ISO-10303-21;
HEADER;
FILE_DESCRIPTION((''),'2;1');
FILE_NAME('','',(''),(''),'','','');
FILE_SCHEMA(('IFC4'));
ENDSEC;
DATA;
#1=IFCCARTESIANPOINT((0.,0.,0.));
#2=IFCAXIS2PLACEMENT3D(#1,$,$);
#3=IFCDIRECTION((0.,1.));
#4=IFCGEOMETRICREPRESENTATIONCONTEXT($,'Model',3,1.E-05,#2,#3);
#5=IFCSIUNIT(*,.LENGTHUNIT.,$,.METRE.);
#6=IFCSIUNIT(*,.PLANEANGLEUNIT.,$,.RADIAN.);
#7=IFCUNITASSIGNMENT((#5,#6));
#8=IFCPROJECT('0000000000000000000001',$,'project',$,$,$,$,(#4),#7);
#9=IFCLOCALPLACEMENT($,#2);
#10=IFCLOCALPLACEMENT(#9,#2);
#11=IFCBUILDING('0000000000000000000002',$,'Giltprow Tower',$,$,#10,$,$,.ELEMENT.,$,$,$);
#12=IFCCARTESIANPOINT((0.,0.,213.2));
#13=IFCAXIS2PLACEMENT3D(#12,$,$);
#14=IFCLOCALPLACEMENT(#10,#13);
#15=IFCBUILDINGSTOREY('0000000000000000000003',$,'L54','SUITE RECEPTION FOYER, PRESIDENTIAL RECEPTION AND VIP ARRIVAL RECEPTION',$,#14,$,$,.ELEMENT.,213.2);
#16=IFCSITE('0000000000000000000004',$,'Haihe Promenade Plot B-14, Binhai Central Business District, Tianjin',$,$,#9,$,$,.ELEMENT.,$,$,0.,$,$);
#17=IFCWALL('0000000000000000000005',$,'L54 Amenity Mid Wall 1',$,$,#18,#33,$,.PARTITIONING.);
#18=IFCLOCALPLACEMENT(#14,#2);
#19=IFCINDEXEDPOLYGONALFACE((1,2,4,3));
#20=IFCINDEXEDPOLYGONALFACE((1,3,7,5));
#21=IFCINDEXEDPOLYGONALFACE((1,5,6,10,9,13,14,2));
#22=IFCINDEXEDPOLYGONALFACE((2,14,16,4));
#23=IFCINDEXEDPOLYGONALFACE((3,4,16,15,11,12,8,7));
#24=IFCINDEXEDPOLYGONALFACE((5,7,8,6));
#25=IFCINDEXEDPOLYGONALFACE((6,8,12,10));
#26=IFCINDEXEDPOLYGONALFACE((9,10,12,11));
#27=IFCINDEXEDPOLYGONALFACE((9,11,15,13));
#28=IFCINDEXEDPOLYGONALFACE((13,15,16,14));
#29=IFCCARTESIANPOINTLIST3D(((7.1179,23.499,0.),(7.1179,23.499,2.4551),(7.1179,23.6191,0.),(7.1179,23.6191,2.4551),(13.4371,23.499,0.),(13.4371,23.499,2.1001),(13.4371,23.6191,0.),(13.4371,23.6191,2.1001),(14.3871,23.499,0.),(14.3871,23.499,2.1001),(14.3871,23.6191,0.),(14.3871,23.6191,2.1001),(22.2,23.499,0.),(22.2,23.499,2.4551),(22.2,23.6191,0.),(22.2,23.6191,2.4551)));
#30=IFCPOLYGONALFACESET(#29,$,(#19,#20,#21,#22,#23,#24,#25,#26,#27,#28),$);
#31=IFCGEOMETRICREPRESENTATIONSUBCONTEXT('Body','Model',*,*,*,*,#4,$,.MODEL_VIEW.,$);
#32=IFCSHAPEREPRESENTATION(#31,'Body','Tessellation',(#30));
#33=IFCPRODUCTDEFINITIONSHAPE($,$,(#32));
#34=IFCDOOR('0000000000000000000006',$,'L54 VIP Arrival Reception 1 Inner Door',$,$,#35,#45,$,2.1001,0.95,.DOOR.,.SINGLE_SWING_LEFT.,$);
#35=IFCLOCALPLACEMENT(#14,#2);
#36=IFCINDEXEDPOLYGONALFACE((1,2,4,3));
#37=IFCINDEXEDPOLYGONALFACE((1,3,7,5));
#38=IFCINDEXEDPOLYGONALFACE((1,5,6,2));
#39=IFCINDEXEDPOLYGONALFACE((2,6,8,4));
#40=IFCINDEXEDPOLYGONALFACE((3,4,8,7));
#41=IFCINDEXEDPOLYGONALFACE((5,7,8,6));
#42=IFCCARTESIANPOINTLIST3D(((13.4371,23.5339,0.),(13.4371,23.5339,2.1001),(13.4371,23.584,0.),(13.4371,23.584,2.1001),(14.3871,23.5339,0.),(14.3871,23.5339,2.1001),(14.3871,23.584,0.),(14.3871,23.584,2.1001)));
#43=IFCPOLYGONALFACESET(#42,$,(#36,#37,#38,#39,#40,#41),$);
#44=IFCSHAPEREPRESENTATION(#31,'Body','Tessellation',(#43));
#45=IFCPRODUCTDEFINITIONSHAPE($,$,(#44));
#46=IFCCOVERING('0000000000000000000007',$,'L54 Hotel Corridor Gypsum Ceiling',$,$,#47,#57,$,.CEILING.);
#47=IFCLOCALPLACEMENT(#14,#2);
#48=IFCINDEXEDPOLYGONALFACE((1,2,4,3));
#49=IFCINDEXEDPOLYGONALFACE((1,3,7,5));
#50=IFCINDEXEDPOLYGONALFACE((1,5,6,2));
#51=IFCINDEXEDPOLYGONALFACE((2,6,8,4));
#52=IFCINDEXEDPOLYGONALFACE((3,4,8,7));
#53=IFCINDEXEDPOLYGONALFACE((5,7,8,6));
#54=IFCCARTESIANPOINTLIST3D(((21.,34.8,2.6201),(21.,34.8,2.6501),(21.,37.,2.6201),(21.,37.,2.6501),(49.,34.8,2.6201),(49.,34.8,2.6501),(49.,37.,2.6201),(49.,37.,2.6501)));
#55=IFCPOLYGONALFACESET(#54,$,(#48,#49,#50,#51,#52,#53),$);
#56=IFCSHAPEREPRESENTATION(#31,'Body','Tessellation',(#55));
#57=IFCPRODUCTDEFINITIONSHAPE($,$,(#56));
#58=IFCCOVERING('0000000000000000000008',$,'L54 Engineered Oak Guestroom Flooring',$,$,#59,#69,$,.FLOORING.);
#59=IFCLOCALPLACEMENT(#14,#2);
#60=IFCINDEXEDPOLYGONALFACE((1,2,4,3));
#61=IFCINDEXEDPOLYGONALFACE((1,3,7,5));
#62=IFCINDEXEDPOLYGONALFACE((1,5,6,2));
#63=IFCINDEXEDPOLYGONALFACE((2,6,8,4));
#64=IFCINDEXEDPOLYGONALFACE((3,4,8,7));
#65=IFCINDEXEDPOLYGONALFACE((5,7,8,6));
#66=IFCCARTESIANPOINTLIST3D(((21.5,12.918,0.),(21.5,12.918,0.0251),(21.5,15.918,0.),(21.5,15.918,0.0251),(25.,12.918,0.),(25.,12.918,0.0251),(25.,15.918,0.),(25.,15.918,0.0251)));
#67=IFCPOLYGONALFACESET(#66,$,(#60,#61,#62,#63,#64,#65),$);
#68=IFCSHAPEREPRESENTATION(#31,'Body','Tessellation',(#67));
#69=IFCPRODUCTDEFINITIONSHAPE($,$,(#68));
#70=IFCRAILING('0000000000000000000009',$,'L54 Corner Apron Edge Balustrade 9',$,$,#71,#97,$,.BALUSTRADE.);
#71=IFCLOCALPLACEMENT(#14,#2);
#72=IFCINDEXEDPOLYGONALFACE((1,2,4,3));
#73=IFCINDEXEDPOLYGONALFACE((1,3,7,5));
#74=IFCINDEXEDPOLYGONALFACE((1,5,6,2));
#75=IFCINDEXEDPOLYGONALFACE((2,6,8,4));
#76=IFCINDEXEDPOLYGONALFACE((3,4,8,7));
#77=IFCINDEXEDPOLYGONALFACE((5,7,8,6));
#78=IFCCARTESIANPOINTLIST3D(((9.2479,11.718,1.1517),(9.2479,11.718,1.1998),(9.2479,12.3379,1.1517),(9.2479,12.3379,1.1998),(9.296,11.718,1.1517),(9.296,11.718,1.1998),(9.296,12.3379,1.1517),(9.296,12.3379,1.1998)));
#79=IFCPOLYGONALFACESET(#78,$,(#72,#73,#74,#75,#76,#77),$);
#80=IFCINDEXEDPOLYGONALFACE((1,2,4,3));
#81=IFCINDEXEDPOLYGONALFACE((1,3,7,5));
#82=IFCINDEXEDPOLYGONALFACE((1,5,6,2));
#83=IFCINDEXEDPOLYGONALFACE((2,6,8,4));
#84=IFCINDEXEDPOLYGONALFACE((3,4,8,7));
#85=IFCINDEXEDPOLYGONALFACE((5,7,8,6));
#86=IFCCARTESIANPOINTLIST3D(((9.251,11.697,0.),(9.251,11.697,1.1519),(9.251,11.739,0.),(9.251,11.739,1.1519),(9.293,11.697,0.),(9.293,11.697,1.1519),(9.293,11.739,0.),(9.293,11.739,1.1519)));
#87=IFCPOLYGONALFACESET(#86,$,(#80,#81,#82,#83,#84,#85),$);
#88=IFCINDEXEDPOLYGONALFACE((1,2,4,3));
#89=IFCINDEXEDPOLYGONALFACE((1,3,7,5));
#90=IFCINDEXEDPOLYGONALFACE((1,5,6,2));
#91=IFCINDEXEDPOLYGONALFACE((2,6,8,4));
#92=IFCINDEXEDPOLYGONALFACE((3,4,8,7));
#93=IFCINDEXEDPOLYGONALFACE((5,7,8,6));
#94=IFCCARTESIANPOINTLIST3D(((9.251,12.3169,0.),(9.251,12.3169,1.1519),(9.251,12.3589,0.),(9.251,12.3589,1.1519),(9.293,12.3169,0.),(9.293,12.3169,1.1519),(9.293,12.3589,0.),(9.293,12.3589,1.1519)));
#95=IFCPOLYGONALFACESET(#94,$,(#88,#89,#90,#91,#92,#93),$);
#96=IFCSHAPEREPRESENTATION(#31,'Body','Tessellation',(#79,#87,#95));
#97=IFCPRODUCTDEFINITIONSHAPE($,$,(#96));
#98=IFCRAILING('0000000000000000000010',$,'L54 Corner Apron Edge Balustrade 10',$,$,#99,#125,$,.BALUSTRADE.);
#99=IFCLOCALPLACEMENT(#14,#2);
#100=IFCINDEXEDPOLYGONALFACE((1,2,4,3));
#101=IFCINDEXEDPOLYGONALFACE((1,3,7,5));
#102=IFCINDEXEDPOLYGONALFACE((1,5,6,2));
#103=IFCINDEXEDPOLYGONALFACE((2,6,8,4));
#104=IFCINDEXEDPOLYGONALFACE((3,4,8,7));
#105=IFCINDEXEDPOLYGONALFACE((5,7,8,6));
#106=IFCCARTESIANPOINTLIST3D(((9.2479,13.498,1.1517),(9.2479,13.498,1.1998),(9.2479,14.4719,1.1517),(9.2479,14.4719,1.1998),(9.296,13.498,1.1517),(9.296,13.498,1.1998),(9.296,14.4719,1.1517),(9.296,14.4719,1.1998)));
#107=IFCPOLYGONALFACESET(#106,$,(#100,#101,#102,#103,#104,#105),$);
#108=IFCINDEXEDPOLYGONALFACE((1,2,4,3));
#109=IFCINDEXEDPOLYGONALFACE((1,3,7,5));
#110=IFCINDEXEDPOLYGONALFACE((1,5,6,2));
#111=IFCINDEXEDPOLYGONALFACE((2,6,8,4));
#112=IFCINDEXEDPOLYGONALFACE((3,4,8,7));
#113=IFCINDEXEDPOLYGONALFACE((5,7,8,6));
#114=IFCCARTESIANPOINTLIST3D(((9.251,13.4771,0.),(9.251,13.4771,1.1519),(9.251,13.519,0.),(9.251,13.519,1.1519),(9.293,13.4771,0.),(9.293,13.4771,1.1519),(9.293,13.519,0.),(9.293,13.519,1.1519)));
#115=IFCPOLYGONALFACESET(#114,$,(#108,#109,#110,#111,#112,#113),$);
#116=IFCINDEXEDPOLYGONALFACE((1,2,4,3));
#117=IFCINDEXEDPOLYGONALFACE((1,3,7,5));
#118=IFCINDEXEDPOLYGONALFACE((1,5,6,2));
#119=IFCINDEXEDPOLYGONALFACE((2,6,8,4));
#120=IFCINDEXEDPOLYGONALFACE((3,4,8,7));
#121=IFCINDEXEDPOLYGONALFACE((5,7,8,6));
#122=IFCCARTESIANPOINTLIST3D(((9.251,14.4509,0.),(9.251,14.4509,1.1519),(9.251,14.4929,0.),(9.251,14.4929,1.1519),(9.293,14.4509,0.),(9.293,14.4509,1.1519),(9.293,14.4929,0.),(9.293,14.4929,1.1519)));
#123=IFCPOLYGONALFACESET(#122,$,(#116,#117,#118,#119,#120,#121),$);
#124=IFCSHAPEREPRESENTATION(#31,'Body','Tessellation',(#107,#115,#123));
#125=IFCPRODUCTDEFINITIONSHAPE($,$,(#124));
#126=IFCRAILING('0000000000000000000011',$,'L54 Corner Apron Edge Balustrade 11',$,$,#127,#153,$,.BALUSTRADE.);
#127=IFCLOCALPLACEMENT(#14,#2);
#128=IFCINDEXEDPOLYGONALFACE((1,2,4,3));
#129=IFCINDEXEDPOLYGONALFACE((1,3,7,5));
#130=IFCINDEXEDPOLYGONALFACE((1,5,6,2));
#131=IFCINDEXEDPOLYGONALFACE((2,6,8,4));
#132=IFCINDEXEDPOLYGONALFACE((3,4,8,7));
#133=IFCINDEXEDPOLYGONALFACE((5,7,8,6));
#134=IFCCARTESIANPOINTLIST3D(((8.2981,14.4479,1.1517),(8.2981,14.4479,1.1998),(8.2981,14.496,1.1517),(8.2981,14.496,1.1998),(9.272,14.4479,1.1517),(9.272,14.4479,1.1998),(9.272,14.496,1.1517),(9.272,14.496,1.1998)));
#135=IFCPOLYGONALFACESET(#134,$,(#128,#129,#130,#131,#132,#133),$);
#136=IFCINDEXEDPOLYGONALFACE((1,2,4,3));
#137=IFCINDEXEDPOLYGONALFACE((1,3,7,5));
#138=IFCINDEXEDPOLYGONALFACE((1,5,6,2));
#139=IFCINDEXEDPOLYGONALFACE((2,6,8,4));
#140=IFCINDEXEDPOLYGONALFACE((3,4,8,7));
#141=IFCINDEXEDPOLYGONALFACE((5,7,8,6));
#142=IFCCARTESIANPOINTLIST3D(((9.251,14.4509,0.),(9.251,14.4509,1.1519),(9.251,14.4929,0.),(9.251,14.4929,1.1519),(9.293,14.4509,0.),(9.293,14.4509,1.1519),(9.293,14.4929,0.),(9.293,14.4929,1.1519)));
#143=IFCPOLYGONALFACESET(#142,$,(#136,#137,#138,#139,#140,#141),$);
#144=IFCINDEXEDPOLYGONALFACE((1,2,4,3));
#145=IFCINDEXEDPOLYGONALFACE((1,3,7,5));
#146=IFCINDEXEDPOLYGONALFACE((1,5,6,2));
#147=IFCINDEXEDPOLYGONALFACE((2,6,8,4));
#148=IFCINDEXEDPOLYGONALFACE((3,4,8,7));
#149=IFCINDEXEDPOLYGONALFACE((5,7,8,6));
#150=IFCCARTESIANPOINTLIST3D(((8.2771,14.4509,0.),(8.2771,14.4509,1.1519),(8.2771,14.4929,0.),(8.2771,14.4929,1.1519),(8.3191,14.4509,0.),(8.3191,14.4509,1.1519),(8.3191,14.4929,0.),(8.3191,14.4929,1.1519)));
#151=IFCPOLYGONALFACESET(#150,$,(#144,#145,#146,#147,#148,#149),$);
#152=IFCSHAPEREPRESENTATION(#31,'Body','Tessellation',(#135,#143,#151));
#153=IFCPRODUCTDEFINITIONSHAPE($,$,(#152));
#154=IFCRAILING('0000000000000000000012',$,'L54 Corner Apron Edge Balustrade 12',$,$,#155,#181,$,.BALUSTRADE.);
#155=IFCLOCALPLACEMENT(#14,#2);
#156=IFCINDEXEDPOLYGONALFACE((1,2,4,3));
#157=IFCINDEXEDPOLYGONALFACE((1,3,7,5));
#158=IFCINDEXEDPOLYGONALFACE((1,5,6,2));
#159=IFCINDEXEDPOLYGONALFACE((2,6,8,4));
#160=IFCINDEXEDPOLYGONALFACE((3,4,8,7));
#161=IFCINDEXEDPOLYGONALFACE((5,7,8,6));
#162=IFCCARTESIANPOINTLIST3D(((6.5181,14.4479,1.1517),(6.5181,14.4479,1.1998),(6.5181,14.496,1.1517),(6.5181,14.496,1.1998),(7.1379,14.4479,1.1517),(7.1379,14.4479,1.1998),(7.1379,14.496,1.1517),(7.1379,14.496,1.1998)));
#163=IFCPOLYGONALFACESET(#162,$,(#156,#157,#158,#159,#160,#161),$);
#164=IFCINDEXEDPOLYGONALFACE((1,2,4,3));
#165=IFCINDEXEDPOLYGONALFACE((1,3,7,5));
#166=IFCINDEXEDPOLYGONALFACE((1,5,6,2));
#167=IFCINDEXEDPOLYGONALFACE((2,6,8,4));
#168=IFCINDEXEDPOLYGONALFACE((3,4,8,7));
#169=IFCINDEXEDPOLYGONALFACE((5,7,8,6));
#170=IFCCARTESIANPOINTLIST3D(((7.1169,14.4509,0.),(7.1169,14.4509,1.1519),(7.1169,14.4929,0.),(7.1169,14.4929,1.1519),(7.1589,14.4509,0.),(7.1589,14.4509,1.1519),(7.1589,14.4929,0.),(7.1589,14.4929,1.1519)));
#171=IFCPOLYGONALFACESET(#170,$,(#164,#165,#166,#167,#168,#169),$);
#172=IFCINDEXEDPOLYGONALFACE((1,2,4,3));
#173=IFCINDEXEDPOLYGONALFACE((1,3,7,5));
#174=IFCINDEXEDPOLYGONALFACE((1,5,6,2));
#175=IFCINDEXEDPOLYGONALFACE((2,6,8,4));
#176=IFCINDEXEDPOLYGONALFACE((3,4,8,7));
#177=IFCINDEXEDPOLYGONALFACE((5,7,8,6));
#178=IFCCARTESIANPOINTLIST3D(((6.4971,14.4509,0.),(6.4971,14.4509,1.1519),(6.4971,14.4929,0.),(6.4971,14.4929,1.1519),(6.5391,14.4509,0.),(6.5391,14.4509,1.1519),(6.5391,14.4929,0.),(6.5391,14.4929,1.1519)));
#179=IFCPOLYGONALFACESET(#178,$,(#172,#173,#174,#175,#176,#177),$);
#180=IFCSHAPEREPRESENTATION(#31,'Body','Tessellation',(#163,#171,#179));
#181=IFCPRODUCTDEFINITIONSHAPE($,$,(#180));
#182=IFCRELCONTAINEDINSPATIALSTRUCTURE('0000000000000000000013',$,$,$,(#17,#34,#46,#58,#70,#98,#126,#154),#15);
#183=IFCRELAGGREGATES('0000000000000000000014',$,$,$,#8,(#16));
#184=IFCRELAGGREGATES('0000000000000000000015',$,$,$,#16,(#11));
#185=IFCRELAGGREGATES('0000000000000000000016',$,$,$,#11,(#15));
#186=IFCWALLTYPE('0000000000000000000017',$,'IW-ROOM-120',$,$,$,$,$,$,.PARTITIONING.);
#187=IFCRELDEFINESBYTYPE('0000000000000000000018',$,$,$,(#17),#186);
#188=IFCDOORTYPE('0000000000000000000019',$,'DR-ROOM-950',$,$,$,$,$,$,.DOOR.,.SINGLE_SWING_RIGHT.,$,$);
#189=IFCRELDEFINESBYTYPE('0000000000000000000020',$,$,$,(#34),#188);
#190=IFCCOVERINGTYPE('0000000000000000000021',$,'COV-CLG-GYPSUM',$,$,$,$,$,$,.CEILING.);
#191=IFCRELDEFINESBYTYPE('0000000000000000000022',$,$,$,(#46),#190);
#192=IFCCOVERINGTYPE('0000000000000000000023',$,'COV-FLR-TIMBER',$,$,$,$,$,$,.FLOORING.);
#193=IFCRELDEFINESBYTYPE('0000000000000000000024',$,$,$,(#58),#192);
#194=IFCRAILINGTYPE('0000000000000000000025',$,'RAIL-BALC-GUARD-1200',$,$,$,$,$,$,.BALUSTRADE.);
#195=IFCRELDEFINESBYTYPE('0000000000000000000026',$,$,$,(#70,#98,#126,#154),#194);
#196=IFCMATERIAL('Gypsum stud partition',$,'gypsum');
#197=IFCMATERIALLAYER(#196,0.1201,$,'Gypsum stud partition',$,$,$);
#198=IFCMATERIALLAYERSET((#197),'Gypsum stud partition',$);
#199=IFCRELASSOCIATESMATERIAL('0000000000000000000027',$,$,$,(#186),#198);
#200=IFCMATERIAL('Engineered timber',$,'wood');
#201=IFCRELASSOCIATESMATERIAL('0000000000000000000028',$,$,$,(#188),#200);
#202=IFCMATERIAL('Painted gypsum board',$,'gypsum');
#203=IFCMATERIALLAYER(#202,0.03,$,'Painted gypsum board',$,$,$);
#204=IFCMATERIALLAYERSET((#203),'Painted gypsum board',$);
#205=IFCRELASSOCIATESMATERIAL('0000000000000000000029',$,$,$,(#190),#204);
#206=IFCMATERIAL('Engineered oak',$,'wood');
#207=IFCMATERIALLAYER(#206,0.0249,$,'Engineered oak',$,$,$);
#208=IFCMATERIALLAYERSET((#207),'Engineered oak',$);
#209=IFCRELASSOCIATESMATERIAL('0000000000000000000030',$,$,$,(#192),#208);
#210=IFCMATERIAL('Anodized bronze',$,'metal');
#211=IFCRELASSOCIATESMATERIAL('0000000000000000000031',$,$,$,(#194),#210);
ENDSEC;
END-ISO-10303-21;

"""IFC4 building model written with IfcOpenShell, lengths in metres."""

from ifc_helpers import new_model, si_unit, direction, frame, frame_2d, origin, origin_2d, place, context, subcontext, project, spatial, polyline, rectangle, outline, extrude, source, transform, mapped, material, layer, layer_set, type_object, element, fill, save


model = new_model("IFC4")

# Units and contexts
model_context = context("Model", 3, precision=1e-05, world=origin(), true_north=direction((0.0, 1.0)))
body_context = subcontext(model_context, "Body", "Model", "MODEL_VIEW")
ifc_project = project(units=[si_unit("LENGTHUNIT", "METRE"), si_unit("PLANEANGLEUNIT", "RADIAN")], contexts=[model_context])

# Site, building, storey
site_placement = place(None, origin())
site = spatial("IfcSite", under=ifc_project, at=site_placement, Name="Haihe Promenade Plot B-14, Binhai Central Business District, Tianjin", CompositionType="ELEMENT", RefElevation=0.0)
building_placement = place(site_placement, origin())
building = spatial("IfcBuilding", under=site, at=building_placement, Name="Giltprow Tower", CompositionType="ELEMENT")
storey_placement = place(building_placement, frame((0.0, 0.0, 213.2)))
storey = spatial("IfcBuildingStorey", under=building, at=storey_placement, Name="L54", Description="SUITE RECEPTION FOYER, PRESIDENTIAL RECEPTION AND VIP ARRIVAL RECEPTION", CompositionType="ELEMENT", Elevation=213.2)

# Shared definitions
ifc_material_1 = material(Name="Anodized bronze", Category="metal")

# Wall, opening, door
ifc_material_2 = material(Name="Gypsum stud partition", Category="gypsum")
ifc_layer_1 = layer(ifc_material_2, 0.1201, Name="Gypsum stud partition")
ifc_layer_set_1 = layer_set([ifc_layer_1], Name="Gypsum stud partition")
wall_type_1 = type_object("IfcWallType", Name="IW-ROOM-120", PredefinedType="PARTITIONING", material=ifc_layer_set_1)
wall_1_placement = place(storey_placement, frame((7.1179, 23.5591, 0.0), z_axis=(0.0, 0.0, 1.0), x_axis=(1.0, 0.0, 0.0)))
wall_1 = element("IfcWall", 1, at=wall_1_placement, inside=storey, type_object=wall_type_1, Name="L54 Amenity Mid Wall 1", PredefinedType="PARTITIONING", context=body_context, shape_type="SweptSolid", body=[
    extrude(rectangle(XDim=15.082, YDim=0.1201, at=frame_2d((7.541, 0.0))), origin(), (0.0, 0.0, 1.0), 2.4551),
])
opening_1_placement = place(wall_1_placement, frame((6.3191, 0.0, 0.0)))
opening_1 = element("IfcOpeningElement", 2, at=opening_1_placement, cuts=wall_1, PredefinedType="OPENING", context=body_context, shape_type="SweptSolid", body=[
    extrude(rectangle(XDim=0.95, YDim=2.1001, at=frame_2d((0.4751, 1.05))), frame((0.0, 0.0701, 0.0), z_axis=(0.0, -1.0, 0.0), x_axis=(1.0, 0.0, 0.0)), (0.0, 0.0, 1.0), 0.1401),
])
ifc_material_3 = material(Name="Engineered timber", Category="wood")
door_type = type_object("IfcDoorType", Name="DR-ROOM-950", OperationType="SINGLE_SWING_RIGHT", PredefinedType="DOOR", material=ifc_material_3)
shared_shape_1 = source(origin(), body_context, "Body", "SweptSolid", [
    extrude(rectangle(XDim=0.95, YDim=2.1001, at=frame_2d((0.4751, 1.05))), frame((0.0, 0.0249, 0.0), z_axis=(0.0, -1.0, 0.0), x_axis=(1.0, 0.0, 0.0)), (0.0, 0.0, 1.0), 0.05),
])
door_placement = place(opening_1_placement, origin())
door = element("IfcDoor", 3, at=door_placement, inside=storey, type_object=door_type, Name="L54 VIP Arrival Reception 1 Inner Door", OperationType="SINGLE_SWING_LEFT", OverallHeight=2.1001, OverallWidth=0.95, PredefinedType="DOOR", context=body_context, shape_type="MappedRepresentation", body=[
    mapped(shared_shape_1, transform((0.0, 0.0, 0.0), x_axis=(1.0, 0.0, 0.0), y_axis=(0.0, 1.0, 0.0), z_axis=(0.0, 0.0, 1.0), scale=1.0)),
])
fill(opening_1, door)

# Coverings
ifc_material_4 = material(Name="Painted gypsum board", Category="gypsum")
ifc_layer_2 = layer(ifc_material_4, 0.03, Name="Painted gypsum board")
ifc_layer_set_2 = layer_set([ifc_layer_2], Name="Painted gypsum board")
covering_type_1 = type_object("IfcCoveringType", Name="COV-CLG-GYPSUM", PredefinedType="CEILING", material=ifc_layer_set_2)
covering_1_placement = place(storey_placement, frame((0.0, 0.0, 2.6201)))
element("IfcCovering", 4, at=covering_1_placement, inside=storey, type_object=covering_type_1, Name="L54 Hotel Corridor Gypsum Ceiling", PredefinedType="CEILING", context=body_context, shape_type="SweptSolid", body=[
    extrude(outline(polyline([(21.0, 34.8), (49.0, 34.8), (49.0, 37.0), (21.0, 37.0), (21.0, 34.8)])), origin(), (0.0, 0.0, 1.0), 0.03),
])
ifc_material_5 = material(Name="Engineered oak", Category="wood")
ifc_layer_3 = layer(ifc_material_5, 0.0249, Name="Engineered oak")
ifc_layer_set_3 = layer_set([ifc_layer_3], Name="Engineered oak")
covering_type_2 = type_object("IfcCoveringType", Name="COV-FLR-TIMBER", PredefinedType="FLOORING", material=ifc_layer_set_3)
covering_2_placement = place(storey_placement, origin())
element("IfcCovering", 5, at=covering_2_placement, inside=storey, type_object=covering_type_2, Name="L54 Engineered Oak Guestroom Flooring", PredefinedType="FLOORING", context=body_context, shape_type="SweptSolid", body=[
    extrude(outline(polyline([(21.5, 12.918), (25.0, 12.918), (25.0, 15.918), (21.5, 15.918), (21.5, 12.918)])), origin(), (0.0, 0.0, 1.0), 0.0251),
])

# Railings
railing_type = type_object("IfcRailingType", Name="RAIL-BALC-GUARD-1200", PredefinedType="BALUSTRADE", material=ifc_material_1)
railing_1_placement = place(storey_placement, frame((9.272, 11.718, 0.0)))
element("IfcRailing", 6, at=railing_1_placement, inside=storey, type_object=railing_type, Name="L54 Corner Apron Edge Balustrade 9", PredefinedType="BALUSTRADE", context=body_context, shape_type="SweptSolid", body=[
    extrude(rectangle(XDim=0.0481, YDim=0.0481, at=origin_2d()), frame((0.0, 0.0, 1.1758), z_axis=(0.0, 1.0, 0.0), x_axis=(-1.0, 0.0, 0.0)), (0.0, 0.0, 1.0), 0.6199),
    extrude(rectangle(XDim=0.042, YDim=0.042, at=origin_2d()), origin(), (0.0, 0.0, 1.0), 1.1519),
    extrude(rectangle(XDim=0.042, YDim=0.042, at=origin_2d()), frame((0.0, 0.6199, 0.0)), (0.0, 0.0, 1.0), 1.1519),
])
railing_2_placement = place(storey_placement, frame((9.272, 13.498, 0.0)))
element("IfcRailing", 7, at=railing_2_placement, inside=storey, type_object=railing_type, Name="L54 Corner Apron Edge Balustrade 10", PredefinedType="BALUSTRADE", context=body_context, shape_type="SweptSolid", body=[
    extrude(rectangle(XDim=0.0481, YDim=0.0481, at=origin_2d()), frame((0.0, 0.0, 1.1758), z_axis=(0.0, 1.0, 0.0), x_axis=(-1.0, 0.0, 0.0)), (0.0, 0.0, 1.0), 0.9739),
    extrude(rectangle(XDim=0.042, YDim=0.042, at=origin_2d()), origin(), (0.0, 0.0, 1.0), 1.1519),
    extrude(rectangle(XDim=0.042, YDim=0.042, at=origin_2d()), frame((0.0, 0.9739, 0.0)), (0.0, 0.0, 1.0), 1.1519),
])
railing_3_placement = place(storey_placement, frame((9.272, 14.4719, 0.0)))
element("IfcRailing", 8, at=railing_3_placement, inside=storey, type_object=railing_type, Name="L54 Corner Apron Edge Balustrade 11", PredefinedType="BALUSTRADE", context=body_context, shape_type="SweptSolid", body=[
    extrude(rectangle(XDim=0.0481, YDim=0.0481, at=origin_2d()), frame((0.0, 0.0, 1.1758), z_axis=(-1.0, 0.0, 0.0), x_axis=(0.0, -1.0, 0.0)), (0.0, 0.0, 1.0), 0.9739),
    extrude(rectangle(XDim=0.042, YDim=0.042, at=origin_2d()), origin(), (0.0, 0.0, 1.0), 1.1519),
    extrude(rectangle(XDim=0.042, YDim=0.042, at=origin_2d()), frame((-0.9739, 0.0, 0.0)), (0.0, 0.0, 1.0), 1.1519),
])
railing_4_placement = place(storey_placement, frame((7.1379, 14.4719, 0.0)))
element("IfcRailing", 9, at=railing_4_placement, inside=storey, type_object=railing_type, Name="L54 Corner Apron Edge Balustrade 12", PredefinedType="BALUSTRADE", context=body_context, shape_type="SweptSolid", body=[
    extrude(rectangle(XDim=0.0481, YDim=0.0481, at=origin_2d()), frame((0.0, 0.0, 1.1758), z_axis=(-1.0, 0.0, 0.0), x_axis=(0.0, -1.0, 0.0)), (0.0, 0.0, 1.0), 0.6199),
    extrude(rectangle(XDim=0.042, YDim=0.042, at=origin_2d()), origin(), (0.0, 0.0, 1.0), 1.1519),
    extrude(rectangle(XDim=0.042, YDim=0.042, at=origin_2d()), frame((-0.6199, 0.0, 0.0)), (0.0, 0.0, 1.0), 1.1519),
])

save(model, "model.ifc")
